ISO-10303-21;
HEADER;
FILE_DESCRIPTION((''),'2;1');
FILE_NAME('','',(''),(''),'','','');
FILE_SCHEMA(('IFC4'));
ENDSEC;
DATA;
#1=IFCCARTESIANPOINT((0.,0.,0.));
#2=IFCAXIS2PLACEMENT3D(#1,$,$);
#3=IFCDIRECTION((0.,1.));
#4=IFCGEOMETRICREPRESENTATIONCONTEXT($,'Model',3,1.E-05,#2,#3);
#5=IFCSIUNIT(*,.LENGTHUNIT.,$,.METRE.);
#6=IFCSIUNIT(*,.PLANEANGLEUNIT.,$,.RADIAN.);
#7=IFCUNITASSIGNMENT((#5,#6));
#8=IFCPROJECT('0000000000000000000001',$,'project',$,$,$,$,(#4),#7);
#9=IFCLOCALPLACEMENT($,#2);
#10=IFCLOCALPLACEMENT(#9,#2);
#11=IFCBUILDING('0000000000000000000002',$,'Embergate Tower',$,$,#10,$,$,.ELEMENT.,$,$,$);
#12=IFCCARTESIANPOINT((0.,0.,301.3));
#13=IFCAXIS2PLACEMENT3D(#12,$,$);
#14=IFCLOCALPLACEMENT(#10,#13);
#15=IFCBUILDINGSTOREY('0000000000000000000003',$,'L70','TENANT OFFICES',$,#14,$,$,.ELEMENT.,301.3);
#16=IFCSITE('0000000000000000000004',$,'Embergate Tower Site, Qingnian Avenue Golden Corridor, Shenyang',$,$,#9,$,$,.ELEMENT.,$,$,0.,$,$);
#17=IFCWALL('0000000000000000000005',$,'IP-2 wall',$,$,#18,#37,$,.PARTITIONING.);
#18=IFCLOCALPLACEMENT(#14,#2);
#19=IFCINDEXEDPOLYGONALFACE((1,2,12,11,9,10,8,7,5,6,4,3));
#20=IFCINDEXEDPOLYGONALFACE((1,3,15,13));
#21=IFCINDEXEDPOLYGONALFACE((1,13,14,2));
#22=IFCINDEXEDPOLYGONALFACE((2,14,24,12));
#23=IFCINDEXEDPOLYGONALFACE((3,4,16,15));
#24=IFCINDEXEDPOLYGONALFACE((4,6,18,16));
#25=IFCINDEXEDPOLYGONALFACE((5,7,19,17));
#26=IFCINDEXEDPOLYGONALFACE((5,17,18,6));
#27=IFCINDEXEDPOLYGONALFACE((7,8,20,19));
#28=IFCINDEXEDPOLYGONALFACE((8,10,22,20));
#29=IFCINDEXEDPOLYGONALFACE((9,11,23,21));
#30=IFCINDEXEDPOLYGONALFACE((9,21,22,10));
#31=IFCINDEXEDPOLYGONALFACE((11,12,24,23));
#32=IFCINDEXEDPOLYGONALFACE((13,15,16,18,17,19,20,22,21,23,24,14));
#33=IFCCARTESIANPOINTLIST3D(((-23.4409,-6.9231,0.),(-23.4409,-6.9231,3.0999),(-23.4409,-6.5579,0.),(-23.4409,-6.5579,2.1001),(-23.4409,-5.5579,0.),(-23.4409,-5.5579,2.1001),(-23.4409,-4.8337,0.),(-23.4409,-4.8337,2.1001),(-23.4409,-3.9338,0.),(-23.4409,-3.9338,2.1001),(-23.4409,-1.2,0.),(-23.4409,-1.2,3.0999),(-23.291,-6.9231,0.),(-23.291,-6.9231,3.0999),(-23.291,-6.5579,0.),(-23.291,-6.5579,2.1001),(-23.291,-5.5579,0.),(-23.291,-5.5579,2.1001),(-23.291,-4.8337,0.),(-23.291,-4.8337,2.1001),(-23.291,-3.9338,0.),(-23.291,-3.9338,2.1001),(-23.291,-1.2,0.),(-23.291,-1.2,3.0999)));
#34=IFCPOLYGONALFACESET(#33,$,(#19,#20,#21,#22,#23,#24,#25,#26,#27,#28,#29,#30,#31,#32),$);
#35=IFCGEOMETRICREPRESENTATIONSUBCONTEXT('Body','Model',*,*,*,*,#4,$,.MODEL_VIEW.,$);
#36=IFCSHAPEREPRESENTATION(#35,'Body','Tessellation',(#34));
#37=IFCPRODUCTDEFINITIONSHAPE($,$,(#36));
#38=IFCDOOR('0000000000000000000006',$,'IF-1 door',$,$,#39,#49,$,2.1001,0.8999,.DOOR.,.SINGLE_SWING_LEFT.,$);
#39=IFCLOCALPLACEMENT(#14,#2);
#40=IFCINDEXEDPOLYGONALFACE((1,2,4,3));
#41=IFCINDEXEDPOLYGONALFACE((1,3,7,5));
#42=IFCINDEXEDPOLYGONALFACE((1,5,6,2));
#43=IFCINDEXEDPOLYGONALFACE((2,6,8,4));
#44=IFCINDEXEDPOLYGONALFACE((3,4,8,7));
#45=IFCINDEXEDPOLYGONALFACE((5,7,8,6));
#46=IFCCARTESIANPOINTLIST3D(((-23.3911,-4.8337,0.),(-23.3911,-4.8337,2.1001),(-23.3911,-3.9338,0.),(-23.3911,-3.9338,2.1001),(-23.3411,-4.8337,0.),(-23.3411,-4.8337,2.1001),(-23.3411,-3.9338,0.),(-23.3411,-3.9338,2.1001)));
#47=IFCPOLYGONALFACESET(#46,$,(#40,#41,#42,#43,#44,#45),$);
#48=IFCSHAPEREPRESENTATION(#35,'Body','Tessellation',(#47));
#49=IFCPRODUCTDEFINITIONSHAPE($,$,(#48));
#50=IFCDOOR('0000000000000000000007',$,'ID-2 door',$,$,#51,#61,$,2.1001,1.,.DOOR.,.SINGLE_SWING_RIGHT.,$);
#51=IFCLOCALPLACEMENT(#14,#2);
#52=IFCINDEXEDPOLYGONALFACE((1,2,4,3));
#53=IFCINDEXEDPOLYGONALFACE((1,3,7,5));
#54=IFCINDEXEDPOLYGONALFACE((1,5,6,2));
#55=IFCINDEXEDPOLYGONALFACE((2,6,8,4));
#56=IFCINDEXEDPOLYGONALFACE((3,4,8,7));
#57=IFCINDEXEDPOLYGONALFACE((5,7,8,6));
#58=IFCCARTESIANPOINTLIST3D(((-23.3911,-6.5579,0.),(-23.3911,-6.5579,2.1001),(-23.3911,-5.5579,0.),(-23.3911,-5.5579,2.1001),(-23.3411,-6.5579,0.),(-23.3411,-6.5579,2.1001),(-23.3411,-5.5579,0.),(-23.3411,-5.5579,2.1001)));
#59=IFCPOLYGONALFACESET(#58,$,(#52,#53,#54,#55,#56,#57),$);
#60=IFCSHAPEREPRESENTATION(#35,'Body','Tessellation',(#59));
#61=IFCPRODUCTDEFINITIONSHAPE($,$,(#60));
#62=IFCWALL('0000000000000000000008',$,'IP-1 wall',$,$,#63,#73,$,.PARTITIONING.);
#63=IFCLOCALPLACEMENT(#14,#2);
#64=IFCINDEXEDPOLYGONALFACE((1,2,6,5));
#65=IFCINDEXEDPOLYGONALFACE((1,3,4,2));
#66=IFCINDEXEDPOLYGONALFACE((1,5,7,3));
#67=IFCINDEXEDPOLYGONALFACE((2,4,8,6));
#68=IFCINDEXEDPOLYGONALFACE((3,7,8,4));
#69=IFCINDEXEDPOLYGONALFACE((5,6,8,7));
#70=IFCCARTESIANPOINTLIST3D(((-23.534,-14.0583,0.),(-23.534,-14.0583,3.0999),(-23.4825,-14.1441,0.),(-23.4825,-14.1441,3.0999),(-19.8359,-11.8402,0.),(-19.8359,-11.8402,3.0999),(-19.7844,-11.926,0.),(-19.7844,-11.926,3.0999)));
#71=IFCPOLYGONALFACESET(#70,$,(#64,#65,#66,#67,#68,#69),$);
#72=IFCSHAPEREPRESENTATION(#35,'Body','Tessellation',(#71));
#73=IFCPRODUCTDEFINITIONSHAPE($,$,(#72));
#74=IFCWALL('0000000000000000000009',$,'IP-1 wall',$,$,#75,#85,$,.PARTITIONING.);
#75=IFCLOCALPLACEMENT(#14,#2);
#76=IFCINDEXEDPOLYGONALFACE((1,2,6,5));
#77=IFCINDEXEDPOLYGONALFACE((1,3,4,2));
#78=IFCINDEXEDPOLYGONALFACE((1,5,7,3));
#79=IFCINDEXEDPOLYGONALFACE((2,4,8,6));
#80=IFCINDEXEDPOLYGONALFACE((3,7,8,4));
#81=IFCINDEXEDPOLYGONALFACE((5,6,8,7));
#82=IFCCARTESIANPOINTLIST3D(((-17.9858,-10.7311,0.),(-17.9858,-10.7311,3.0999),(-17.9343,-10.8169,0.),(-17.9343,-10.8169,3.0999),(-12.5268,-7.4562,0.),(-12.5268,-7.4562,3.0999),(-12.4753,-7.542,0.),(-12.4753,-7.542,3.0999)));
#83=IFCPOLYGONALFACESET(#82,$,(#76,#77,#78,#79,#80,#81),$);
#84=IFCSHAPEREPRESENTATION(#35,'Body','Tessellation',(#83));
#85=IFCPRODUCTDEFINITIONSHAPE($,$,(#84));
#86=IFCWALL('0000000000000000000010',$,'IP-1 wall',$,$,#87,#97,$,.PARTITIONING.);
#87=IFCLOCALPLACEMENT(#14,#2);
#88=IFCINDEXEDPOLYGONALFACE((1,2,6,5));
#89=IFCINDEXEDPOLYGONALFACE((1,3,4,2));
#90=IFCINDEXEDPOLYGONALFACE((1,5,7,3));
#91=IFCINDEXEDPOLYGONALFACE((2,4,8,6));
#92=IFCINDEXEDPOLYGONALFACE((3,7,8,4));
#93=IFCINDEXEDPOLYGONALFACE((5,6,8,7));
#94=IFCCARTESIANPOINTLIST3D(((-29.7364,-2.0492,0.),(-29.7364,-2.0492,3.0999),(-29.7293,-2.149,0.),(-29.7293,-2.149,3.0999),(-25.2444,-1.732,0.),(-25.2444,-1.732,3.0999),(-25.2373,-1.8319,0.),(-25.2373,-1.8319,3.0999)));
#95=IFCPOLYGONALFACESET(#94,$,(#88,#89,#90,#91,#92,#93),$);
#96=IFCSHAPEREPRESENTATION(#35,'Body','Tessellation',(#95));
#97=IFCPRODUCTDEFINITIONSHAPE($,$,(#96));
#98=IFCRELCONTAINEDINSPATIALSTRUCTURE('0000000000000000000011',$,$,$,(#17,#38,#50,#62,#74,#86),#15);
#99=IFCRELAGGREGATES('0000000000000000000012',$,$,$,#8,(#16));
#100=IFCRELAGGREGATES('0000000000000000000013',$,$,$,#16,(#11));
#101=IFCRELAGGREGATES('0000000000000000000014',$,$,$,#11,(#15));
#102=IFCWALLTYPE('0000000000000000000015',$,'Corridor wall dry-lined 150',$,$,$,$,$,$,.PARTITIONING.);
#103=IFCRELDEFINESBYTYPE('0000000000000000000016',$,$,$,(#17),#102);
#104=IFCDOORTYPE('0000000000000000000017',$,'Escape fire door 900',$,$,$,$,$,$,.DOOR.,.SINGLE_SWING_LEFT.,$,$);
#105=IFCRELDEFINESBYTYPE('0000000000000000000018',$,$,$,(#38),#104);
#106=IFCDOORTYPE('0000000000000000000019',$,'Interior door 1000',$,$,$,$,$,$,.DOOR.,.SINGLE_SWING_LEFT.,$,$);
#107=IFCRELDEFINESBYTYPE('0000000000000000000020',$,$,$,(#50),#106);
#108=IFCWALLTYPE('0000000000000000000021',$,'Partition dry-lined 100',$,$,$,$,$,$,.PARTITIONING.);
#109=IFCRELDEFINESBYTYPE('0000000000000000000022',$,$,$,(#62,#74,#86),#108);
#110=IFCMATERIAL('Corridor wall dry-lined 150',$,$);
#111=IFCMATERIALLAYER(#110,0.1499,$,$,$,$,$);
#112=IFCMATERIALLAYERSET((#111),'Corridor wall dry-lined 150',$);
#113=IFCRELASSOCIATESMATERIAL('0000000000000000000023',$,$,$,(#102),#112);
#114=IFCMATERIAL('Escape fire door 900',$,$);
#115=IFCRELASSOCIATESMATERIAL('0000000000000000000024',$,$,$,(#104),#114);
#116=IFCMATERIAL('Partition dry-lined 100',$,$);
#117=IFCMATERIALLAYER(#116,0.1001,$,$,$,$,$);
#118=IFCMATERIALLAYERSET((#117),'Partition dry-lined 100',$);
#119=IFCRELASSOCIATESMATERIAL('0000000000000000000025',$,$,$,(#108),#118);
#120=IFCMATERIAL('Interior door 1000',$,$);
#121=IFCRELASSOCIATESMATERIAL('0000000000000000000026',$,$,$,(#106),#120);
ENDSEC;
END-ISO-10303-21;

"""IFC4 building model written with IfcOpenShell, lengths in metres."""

from ifc_helpers import new_model, si_unit, direction, frame, frame_2d, origin, place, context, subcontext, project, spatial, rectangle, extrude, source, transform, mapped, material, layer, layer_set, type_object, element, fill, save


model = new_model("IFC4")

# Units and contexts
model_context = context("Model", 3, precision=1e-05, world=origin(), true_north=direction((0.0, 1.0)))
body_context = subcontext(model_context, "Body", "Model", "MODEL_VIEW")
ifc_project = project(units=[si_unit("LENGTHUNIT", "METRE"), si_unit("PLANEANGLEUNIT", "RADIAN")], contexts=[model_context])

# Site, building, storey
site_placement = place(None, origin())
site = spatial("IfcSite", under=ifc_project, at=site_placement, Name="Embergate Tower Site, Qingnian Avenue Golden Corridor, Shenyang", CompositionType="ELEMENT", RefElevation=0.0)
building_placement = place(site_placement, origin())
building = spatial("IfcBuilding", under=site, at=building_placement, Name="Embergate Tower", CompositionType="ELEMENT")
storey_placement = place(building_placement, frame((0.0, 0.0, 301.3)))
storey = spatial("IfcBuildingStorey", under=building, at=storey_placement, Name="L70", Description="TENANT OFFICES", CompositionType="ELEMENT", Elevation=301.3)

# Shared definitions
ifc_material_1 = material(Name="Corridor wall dry-lined 150")
ifc_layer_1 = layer(ifc_material_1, 0.1499)
ifc_layer_set_1 = layer_set([ifc_layer_1], Name="Corridor wall dry-lined 150")
wall_type_1 = type_object("IfcWallType", Name="Corridor wall dry-lined 150", PredefinedType="PARTITIONING", material=ifc_layer_set_1)
shared_shape_1 = source(origin(), body_context, "Body", "SweptSolid", [
    extrude(rectangle(XDim=0.8999, YDim=2.1001, at=frame_2d((0.45, 1.05))), frame((0.0, 0.085, 0.0), z_axis=(0.0, -1.0, 0.0), x_axis=(1.0, 0.0, 0.0)), (0.0, 0.0, 1.0), 0.1699),
])
ifc_material_2 = material(Name="Escape fire door 900")
door_type_1 = type_object("IfcDoorType", Name="Escape fire door 900", OperationType="SINGLE_SWING_LEFT", PredefinedType="DOOR", material=ifc_material_2)
shared_shape_2 = source(origin(), body_context, "Body", "SweptSolid", [
    extrude(rectangle(XDim=0.8999, YDim=2.1001, at=frame_2d((0.45, 1.05))), frame((0.0, 0.0249, 0.0), z_axis=(0.0, -1.0, 0.0), x_axis=(1.0, 0.0, 0.0)), (0.0, 0.0, 1.0), 0.05),
])

# Shared definitions
ifc_material_3 = material(Name="Partition dry-lined 100")
ifc_layer_2 = layer(ifc_material_3, 0.1001)
ifc_layer_set_2 = layer_set([ifc_layer_2], Name="Partition dry-lined 100")
wall_type_2 = type_object("IfcWallType", Name="Partition dry-lined 100", PredefinedType="PARTITIONING", material=ifc_layer_set_2)

# Shared definitions
shared_shape_3 = source(origin(), body_context, "Body", "SweptSolid", [
    extrude(rectangle(XDim=1.0, YDim=2.1001, at=frame_2d((0.5, 1.05))), frame((0.0, 0.085, 0.0), z_axis=(0.0, -1.0, 0.0), x_axis=(1.0, 0.0, 0.0)), (0.0, 0.0, 1.0), 0.1699),
])
ifc_material_4 = material(Name="Interior door 1000")
door_type_2 = type_object("IfcDoorType", Name="Interior door 1000", OperationType="SINGLE_SWING_LEFT", PredefinedType="DOOR", material=ifc_material_4)
shared_shape_4 = source(origin(), body_context, "Body", "SweptSolid", [
    extrude(rectangle(XDim=1.0, YDim=2.1001, at=frame_2d((0.5, 1.05))), frame((0.0, 0.0249, 0.0), z_axis=(0.0, -1.0, 0.0), x_axis=(1.0, 0.0, 0.0)), (0.0, 0.0, 1.0), 0.05),
])

# Wall, openings, doors
shared_shape_5 = source(origin(), body_context, "Body", "SweptSolid", [
    extrude(rectangle(XDim=5.7231, YDim=0.1499, at=frame_2d((2.8616, 0.0))), origin(), (0.0, 0.0, 1.0), 3.0999),
])
wall_1_placement = place(storey_placement, frame((-23.366, -1.2, 0.0), z_axis=(0.0, 0.0, 1.0), x_axis=(0.0, -1.0, 0.0)))
wall_1 = element("IfcWall", 1, at=wall_1_placement, inside=storey, type_object=wall_type_1, Name="IP-2 wall", PredefinedType="PARTITIONING", context=body_context, shape_type="MappedRepresentation", body=[
    mapped(shared_shape_5, transform((0.0, 0.0, 0.0))),
])
opening_1_placement = place(wall_1_placement, frame((2.7339, 0.0, 0.0)))
opening_1 = element("IfcOpeningElement", 2, at=opening_1_placement, cuts=wall_1, PredefinedType="OPENING", context=body_context, shape_type="MappedRepresentation", body=[
    mapped(shared_shape_1, transform((0.0, 0.0, 0.0))),
])
opening_2_placement = place(wall_1_placement, frame((4.3579, 0.0, 0.0)))
opening_2 = element("IfcOpeningElement", 3, at=opening_2_placement, cuts=wall_1, PredefinedType="OPENING", context=body_context, shape_type="MappedRepresentation", body=[
    mapped(shared_shape_3, transform((0.0, 0.0, 0.0))),
])
door_1_placement = place(opening_1_placement, origin())
door_1 = element("IfcDoor", 4, at=door_1_placement, inside=storey, type_object=door_type_1, Name="IF-1 door", OperationType="SINGLE_SWING_LEFT", OverallHeight=2.1001, OverallWidth=0.8999, PredefinedType="DOOR", context=body_context, shape_type="MappedRepresentation", body=[
    mapped(shared_shape_2, transform((0.0, 0.0, 0.0))),
])
fill(opening_1, door_1)
door_2_placement = place(opening_2_placement, origin())
door_2 = element("IfcDoor", 5, at=door_2_placement, inside=storey, type_object=door_type_2, Name="ID-2 door", OperationType="SINGLE_SWING_RIGHT", OverallHeight=2.1001, OverallWidth=1.0, PredefinedType="DOOR", context=body_context, shape_type="MappedRepresentation", body=[
    mapped(shared_shape_4, transform((0.0, 0.0, 0.0))),
])
fill(opening_2, door_2)

# Walls
shared_shape_6 = source(origin(), body_context, "Body", "SweptSolid", [
    extrude(rectangle(XDim=4.3123, YDim=0.1001, at=frame_2d((2.1562, 0.0))), origin(), (0.0, 0.0, 1.0), 3.0999),
])
wall_2_placement = place(storey_placement, frame((-19.8101, -11.8831, 0.0), z_axis=(0.0, 0.0, 1.0), x_axis=(-0.857573, -0.514363, 0.0)))
element("IfcWall", 6, at=wall_2_placement, inside=storey, type_object=wall_type_2, Name="IP-1 wall", PredefinedType="PARTITIONING", context=body_context, shape_type="MappedRepresentation", body=[
    mapped(shared_shape_6, transform((0.0, 0.0, 0.0))),
])
shared_shape_7 = source(origin(), body_context, "Body", "SweptSolid", [
    extrude(rectangle(XDim=6.366, YDim=0.1001, at=frame_2d((3.1831, 0.0))), origin(), (0.0, 0.0, 1.0), 3.0999),
])
wall_3_placement = place(storey_placement, frame((-12.501, -7.499, 0.0), z_axis=(0.0, 0.0, 1.0), x_axis=(-0.857527, -0.514439, 0.0)))
element("IfcWall", 7, at=wall_3_placement, inside=storey, type_object=wall_type_2, Name="IP-1 wall", PredefinedType="PARTITIONING", context=body_context, shape_type="MappedRepresentation", body=[
    mapped(shared_shape_7, transform((0.0, 0.0, 0.0))),
])
shared_shape_8 = source(origin(), body_context, "Body", "SweptSolid", [
    extrude(rectangle(XDim=4.5032, YDim=0.1001, at=frame_2d((2.2515, 0.0))), origin(), (0.0, 0.0, 1.0), 3.0999),
])
wall_4_placement = place(storey_placement, frame((-25.241, -1.782, 0.0), z_axis=(0.0, 0.0, 1.0), x_axis=(-0.997517, -0.070426, 0.0)))
element("IfcWall", 8, at=wall_4_placement, inside=storey, type_object=wall_type_2, Name="IP-1 wall", PredefinedType="PARTITIONING", context=body_context, shape_type="MappedRepresentation", body=[
    mapped(shared_shape_8, transform((0.0, 0.0, 0.0))),
])

save(model, "model.ifc")
